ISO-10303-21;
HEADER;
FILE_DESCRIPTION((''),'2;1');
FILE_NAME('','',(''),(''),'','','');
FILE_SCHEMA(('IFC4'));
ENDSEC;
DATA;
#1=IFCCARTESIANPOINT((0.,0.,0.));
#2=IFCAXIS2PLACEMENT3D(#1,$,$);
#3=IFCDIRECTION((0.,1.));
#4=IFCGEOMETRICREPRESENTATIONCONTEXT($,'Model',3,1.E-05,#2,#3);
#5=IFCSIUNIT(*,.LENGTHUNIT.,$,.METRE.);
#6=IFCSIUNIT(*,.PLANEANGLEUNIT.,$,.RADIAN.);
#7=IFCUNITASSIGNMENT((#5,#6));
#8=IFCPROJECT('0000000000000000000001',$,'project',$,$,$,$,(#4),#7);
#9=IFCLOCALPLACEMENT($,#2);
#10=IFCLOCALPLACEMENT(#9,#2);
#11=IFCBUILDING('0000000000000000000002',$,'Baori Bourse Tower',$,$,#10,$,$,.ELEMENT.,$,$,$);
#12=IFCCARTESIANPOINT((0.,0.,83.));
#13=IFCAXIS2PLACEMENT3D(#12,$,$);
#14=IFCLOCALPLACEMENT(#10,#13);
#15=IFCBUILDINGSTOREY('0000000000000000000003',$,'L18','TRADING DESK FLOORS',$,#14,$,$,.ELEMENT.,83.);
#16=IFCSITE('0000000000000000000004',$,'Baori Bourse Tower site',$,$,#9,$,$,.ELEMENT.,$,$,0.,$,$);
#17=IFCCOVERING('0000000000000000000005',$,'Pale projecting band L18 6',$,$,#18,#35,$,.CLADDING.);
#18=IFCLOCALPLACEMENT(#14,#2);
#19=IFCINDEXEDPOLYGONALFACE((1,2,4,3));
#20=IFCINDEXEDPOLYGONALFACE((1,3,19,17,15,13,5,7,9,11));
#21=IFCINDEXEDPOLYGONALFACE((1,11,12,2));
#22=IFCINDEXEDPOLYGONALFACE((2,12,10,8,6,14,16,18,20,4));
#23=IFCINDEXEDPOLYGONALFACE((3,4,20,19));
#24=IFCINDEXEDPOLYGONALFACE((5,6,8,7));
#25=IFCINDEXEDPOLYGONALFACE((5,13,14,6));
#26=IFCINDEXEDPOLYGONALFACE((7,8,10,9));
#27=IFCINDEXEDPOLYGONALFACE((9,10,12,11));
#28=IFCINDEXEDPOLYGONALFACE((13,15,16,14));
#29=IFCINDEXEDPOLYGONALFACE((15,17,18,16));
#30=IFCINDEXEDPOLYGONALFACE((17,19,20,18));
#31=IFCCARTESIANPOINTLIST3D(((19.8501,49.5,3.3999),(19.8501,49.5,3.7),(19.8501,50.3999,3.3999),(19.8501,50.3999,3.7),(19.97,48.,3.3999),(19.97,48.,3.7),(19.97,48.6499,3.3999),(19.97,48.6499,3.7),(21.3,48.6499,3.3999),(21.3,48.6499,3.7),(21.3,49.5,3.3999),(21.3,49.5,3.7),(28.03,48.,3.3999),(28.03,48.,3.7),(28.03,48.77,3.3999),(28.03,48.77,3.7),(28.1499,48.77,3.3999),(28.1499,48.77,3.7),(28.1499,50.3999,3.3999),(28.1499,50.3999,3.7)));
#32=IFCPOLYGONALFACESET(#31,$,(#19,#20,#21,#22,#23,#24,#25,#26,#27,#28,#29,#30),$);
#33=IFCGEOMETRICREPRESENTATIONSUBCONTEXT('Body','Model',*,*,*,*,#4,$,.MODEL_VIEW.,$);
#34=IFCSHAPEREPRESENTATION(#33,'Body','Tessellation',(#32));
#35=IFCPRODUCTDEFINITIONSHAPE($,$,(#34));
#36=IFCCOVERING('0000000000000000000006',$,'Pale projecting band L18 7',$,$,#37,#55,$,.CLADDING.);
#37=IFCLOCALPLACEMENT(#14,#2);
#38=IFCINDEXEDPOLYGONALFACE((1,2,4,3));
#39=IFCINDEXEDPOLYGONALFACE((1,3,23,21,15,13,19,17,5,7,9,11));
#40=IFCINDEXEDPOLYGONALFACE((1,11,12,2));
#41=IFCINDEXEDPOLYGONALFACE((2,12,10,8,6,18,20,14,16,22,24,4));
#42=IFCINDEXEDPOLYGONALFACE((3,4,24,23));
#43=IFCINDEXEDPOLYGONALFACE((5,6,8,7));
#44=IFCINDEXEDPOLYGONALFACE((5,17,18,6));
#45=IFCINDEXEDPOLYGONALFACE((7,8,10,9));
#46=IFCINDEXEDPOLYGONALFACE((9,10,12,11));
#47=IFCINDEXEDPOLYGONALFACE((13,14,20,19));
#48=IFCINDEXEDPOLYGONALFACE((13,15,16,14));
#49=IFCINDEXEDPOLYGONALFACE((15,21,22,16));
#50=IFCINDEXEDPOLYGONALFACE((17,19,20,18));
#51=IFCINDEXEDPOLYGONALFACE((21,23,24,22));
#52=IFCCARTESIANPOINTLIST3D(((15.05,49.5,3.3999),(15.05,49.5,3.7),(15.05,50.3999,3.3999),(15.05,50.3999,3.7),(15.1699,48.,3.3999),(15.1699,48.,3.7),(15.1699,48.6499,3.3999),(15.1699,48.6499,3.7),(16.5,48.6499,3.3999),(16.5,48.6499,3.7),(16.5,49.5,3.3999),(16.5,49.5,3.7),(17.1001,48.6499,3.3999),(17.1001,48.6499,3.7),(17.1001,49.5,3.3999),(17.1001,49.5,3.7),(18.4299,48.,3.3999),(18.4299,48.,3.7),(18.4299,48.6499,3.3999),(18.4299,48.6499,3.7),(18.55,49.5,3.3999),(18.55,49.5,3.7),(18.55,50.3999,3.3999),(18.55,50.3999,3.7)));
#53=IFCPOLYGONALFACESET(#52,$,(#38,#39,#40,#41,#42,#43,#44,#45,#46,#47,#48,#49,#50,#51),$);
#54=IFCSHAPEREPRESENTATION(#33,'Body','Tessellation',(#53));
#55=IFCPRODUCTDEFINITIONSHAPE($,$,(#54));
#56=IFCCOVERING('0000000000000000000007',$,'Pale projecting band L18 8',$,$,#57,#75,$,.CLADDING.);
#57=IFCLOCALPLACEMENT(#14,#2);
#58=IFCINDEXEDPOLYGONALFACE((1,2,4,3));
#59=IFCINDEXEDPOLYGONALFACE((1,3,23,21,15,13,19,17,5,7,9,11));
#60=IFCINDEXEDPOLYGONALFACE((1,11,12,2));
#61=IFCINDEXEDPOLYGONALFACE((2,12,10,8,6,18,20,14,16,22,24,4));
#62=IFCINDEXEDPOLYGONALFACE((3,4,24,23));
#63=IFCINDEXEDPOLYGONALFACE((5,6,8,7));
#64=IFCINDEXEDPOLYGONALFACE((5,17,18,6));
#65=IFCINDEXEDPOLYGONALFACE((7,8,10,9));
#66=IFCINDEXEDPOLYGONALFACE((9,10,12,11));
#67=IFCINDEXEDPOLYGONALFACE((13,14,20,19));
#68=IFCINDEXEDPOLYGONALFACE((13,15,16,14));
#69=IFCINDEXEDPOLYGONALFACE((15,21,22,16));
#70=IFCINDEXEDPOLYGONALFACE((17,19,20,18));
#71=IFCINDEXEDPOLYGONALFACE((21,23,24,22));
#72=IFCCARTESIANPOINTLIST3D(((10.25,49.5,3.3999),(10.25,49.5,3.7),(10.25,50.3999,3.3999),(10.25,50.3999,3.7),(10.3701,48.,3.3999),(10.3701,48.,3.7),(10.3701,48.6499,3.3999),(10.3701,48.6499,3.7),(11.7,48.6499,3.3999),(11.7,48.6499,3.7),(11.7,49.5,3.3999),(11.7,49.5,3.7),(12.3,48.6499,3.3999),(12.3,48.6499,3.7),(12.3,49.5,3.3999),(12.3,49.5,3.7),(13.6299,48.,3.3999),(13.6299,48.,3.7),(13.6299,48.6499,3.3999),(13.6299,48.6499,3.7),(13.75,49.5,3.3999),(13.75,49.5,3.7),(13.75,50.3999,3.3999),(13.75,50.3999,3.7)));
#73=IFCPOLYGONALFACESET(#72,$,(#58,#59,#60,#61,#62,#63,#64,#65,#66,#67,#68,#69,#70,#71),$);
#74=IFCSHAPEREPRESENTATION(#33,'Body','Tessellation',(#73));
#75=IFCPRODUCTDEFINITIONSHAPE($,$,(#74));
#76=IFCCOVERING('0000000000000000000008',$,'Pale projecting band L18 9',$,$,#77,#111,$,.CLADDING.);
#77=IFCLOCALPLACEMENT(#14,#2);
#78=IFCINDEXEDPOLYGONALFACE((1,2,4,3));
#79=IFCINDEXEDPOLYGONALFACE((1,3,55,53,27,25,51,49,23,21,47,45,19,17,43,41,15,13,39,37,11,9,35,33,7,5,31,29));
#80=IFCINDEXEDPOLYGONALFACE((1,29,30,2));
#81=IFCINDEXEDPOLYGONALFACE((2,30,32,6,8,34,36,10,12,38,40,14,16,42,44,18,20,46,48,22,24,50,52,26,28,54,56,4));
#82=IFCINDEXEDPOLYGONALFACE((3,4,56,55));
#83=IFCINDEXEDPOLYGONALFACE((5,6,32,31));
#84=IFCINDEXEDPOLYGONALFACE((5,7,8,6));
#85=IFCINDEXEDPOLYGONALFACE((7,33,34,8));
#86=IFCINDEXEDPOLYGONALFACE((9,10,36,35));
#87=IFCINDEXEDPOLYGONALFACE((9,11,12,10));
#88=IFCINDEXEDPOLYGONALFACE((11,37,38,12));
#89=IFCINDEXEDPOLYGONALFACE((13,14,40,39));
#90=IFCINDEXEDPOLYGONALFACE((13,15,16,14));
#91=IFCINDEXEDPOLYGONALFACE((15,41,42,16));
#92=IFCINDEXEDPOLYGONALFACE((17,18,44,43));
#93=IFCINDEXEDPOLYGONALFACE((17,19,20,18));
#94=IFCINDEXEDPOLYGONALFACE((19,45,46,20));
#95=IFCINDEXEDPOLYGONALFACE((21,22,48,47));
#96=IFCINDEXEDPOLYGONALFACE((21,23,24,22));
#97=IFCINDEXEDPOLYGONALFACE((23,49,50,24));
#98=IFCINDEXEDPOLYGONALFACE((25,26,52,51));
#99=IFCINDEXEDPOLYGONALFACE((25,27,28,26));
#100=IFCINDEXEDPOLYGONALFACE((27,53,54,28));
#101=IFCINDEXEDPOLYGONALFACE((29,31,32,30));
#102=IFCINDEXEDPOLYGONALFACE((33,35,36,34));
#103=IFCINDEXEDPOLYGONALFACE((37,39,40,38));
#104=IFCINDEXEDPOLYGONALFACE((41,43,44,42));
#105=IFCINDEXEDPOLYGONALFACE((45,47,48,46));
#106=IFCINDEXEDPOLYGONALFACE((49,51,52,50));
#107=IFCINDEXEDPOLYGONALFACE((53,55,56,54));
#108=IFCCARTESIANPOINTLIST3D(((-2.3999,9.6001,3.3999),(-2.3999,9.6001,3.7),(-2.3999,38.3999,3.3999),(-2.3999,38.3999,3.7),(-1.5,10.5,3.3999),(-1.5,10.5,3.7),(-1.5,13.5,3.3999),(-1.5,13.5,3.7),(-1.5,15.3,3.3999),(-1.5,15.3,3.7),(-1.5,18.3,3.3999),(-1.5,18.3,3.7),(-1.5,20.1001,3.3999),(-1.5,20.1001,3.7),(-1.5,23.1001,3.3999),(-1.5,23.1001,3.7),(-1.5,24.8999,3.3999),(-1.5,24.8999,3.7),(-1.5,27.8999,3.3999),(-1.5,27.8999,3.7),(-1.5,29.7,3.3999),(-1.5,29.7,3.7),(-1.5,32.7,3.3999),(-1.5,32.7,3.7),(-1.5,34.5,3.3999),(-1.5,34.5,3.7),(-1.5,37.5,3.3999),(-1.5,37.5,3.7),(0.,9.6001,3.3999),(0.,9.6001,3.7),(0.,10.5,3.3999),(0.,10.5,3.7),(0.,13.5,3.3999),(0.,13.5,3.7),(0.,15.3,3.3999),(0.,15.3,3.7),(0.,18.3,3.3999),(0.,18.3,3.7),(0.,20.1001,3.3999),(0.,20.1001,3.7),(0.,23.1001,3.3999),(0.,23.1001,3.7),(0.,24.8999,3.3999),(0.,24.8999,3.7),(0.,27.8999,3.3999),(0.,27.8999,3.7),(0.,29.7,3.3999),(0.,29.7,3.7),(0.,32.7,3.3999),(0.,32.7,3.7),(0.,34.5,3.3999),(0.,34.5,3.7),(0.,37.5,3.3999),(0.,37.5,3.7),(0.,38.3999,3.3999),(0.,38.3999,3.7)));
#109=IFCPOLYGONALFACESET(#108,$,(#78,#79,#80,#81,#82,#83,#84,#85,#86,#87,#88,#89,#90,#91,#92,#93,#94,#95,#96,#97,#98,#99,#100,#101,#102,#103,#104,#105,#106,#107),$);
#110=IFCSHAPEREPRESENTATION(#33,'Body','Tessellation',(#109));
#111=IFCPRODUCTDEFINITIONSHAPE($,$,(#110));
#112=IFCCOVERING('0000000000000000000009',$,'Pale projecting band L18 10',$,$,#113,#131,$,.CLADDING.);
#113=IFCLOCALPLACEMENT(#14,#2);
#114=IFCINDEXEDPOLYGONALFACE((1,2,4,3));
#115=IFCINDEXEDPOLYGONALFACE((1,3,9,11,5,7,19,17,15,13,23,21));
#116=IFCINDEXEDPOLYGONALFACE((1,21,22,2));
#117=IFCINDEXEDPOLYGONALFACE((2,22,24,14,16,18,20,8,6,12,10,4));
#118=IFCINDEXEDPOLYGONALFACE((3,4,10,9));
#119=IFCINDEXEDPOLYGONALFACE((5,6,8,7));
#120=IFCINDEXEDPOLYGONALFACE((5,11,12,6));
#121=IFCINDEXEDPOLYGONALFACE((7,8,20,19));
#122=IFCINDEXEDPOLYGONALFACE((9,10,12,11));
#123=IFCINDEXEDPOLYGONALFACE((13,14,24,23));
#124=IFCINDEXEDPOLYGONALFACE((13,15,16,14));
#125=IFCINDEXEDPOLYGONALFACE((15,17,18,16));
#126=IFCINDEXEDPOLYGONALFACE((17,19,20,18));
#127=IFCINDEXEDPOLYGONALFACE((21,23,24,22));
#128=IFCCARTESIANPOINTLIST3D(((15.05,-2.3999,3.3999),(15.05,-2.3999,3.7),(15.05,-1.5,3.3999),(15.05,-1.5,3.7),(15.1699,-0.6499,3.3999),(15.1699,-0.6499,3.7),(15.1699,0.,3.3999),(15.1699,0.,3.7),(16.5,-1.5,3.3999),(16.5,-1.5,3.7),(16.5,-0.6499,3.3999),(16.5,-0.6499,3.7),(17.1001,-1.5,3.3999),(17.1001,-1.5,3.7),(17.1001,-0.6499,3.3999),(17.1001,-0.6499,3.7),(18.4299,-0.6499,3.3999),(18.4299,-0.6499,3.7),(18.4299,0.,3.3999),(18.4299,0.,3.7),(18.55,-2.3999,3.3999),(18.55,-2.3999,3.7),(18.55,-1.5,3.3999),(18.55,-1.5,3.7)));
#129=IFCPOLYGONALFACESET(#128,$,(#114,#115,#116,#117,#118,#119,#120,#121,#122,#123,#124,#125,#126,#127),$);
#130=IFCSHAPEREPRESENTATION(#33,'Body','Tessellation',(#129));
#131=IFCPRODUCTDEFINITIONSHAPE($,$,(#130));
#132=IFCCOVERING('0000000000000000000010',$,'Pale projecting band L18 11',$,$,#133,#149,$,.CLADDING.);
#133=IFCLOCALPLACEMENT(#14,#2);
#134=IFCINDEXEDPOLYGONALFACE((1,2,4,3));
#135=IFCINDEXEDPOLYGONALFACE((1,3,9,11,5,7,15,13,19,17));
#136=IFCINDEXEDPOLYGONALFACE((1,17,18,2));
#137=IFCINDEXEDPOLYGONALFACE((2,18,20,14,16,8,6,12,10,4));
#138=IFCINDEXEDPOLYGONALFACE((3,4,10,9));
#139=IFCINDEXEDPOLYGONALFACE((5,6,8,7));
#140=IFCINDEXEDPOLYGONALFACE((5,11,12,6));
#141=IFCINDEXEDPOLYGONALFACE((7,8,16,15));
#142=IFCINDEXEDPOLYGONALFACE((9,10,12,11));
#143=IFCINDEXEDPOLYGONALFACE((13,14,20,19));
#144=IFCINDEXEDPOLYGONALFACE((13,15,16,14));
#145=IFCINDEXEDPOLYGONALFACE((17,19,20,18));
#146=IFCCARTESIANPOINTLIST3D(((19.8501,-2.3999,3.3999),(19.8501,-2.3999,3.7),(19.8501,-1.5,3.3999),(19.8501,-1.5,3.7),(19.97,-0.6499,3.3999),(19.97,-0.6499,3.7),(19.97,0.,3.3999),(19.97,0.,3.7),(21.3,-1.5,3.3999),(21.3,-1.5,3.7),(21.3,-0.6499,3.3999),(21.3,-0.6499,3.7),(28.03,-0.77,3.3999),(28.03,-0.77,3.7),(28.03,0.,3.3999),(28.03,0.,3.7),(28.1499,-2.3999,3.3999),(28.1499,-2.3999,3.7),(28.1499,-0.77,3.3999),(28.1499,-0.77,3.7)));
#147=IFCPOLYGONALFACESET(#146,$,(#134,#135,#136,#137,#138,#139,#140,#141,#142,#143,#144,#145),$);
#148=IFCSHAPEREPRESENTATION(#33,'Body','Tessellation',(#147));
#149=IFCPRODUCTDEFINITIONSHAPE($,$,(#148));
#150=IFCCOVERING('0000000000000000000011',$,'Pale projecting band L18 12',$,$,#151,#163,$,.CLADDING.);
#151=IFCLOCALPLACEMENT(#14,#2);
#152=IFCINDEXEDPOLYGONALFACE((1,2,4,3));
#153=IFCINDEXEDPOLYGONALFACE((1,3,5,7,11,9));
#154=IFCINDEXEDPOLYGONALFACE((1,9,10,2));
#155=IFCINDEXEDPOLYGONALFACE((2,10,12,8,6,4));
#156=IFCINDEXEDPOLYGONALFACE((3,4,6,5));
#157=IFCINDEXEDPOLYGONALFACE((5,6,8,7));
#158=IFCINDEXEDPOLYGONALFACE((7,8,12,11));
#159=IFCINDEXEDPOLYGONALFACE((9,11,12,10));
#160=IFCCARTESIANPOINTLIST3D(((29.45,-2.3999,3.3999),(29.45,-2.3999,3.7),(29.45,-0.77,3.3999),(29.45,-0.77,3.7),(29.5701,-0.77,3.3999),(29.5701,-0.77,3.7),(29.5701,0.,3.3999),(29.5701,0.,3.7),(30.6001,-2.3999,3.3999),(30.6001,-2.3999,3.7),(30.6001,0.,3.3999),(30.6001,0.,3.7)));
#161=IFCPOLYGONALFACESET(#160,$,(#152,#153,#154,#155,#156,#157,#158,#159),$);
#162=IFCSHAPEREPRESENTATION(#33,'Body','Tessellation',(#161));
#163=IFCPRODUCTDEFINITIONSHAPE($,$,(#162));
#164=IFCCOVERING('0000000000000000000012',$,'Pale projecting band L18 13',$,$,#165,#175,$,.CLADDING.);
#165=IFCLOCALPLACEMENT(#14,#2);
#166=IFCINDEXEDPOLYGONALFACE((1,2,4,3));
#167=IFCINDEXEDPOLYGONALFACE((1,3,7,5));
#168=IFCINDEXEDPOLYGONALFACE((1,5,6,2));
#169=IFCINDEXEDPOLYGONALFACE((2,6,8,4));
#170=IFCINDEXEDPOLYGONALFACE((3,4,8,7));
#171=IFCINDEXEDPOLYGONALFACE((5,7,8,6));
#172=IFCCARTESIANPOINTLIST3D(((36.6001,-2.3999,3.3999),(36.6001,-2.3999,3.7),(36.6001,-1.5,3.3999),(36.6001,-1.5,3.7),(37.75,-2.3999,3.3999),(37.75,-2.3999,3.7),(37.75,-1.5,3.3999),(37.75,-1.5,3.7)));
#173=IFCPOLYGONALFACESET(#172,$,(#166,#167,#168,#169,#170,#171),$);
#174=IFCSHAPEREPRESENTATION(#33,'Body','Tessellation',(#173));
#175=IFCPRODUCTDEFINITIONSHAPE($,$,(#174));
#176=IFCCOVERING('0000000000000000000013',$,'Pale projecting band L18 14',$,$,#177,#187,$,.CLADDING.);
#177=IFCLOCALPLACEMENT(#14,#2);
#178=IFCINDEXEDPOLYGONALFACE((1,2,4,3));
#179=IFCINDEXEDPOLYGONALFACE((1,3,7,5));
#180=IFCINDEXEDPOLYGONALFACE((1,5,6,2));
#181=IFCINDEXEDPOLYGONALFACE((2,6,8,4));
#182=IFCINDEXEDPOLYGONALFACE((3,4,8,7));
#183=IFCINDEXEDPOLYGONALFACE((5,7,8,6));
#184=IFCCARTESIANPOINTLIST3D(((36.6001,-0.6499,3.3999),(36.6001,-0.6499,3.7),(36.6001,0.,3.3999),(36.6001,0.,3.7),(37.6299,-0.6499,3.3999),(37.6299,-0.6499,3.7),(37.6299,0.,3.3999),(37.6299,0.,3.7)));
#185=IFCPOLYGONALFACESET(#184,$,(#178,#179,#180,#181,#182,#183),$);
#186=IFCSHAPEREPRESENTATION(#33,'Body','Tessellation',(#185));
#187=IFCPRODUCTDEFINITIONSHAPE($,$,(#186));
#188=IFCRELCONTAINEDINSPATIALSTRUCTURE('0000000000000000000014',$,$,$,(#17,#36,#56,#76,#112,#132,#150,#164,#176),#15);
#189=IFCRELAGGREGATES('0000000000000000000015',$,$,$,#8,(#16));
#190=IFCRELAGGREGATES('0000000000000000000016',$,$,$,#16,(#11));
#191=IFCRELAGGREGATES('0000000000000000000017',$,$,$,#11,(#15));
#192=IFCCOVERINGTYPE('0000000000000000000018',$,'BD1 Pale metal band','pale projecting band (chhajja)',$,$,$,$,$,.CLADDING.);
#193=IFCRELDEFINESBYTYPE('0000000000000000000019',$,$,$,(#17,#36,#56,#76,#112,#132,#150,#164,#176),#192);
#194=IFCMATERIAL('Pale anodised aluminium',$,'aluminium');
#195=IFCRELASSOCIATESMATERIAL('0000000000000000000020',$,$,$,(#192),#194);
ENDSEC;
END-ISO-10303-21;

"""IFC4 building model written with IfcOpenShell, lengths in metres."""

from ifc_helpers import new_model, si_unit, direction, frame, origin, place, context, subcontext, project, spatial, polyline, outline, extrude, material, type_object, element, save


model = new_model("IFC4")

# Units and contexts
model_context = context("Model", 3, precision=1e-05, world=origin(), true_north=direction((0.0, 1.0)))
body_context = subcontext(model_context, "Body", "Model", "MODEL_VIEW")
ifc_project = project(units=[si_unit("LENGTHUNIT", "METRE"), si_unit("PLANEANGLEUNIT", "RADIAN")], contexts=[model_context])

# Site, building, storey
site_placement = place(None, origin())
site = spatial("IfcSite", under=ifc_project, at=site_placement, Name="Baori Bourse Tower site", CompositionType="ELEMENT", RefElevation=0.0)
building_placement = place(site_placement, origin())
building = spatial("IfcBuilding", under=site, at=building_placement, Name="Baori Bourse Tower", CompositionType="ELEMENT")
storey_placement = place(building_placement, frame((0.0, 0.0, 83.0)))
storey = spatial("IfcBuildingStorey", under=building, at=storey_placement, Name="L18", Description="TRADING DESK FLOORS", CompositionType="ELEMENT", Elevation=83.0)

# Coverings
ifc_material_1 = material(Name="Pale anodised aluminium", Category="aluminium")
covering_type_1 = type_object("IfcCoveringType", Name="BD1 Pale metal band", Description="pale projecting band (chhajja)", PredefinedType="CLADDING", material=ifc_material_1)
covering_1_placement = place(storey_placement, frame((0.0, 0.0, 3.3999)))
element("IfcCovering", 1, at=covering_1_placement, inside=storey, type_object=covering_type_1, Name="Pale projecting band L18 6", PredefinedType="CLADDING", context=body_context, shape_type="SweptSolid", body=[
    extrude(outline(polyline([(19.97, 48.0), (28.03, 48.0), (28.03, 48.77), (28.1499, 48.77), (28.1499, 50.3999), (19.8501, 50.3999), (19.8501, 49.5), (21.3, 49.5), (21.3, 48.6499), (19.97, 48.6499), (19.97, 48.0)])), origin(), (0.0, 0.0, 1.0), 0.3),
])
covering_2_placement = place(storey_placement, frame((0.0, 0.0, 3.3999)))
element("IfcCovering", 2, at=covering_2_placement, inside=storey, type_object=covering_type_1, Name="Pale projecting band L18 7", PredefinedType="CLADDING", context=body_context, shape_type="SweptSolid", body=[
    extrude(outline(polyline([(15.1699, 48.0), (18.4299, 48.0), (18.4299, 48.6499), (17.1001, 48.6499), (17.1001, 49.5), (18.55, 49.5), (18.55, 50.3999), (15.05, 50.3999), (15.05, 49.5), (16.5, 49.5), (16.5, 48.6499), (15.1699, 48.6499), (15.1699, 48.0)])), origin(), (0.0, 0.0, 1.0), 0.3),
])
covering_3_placement = place(storey_placement, frame((0.0, 0.0, 3.3999)))
element("IfcCovering", 3, at=covering_3_placement, inside=storey, type_object=covering_type_1, Name="Pale projecting band L18 8", PredefinedType="CLADDING", context=body_context, shape_type="SweptSolid", body=[
    extrude(outline(polyline([(10.3701, 48.0), (13.6299, 48.0), (13.6299, 48.6499), (12.3, 48.6499), (12.3, 49.5), (13.75, 49.5), (13.75, 50.3999), (10.25, 50.3999), (10.25, 49.5), (11.7, 49.5), (11.7, 48.6499), (10.3701, 48.6499), (10.3701, 48.0)])), origin(), (0.0, 0.0, 1.0), 0.3),
])
covering_4_placement = place(storey_placement, frame((0.0, 0.0, 3.3999)))
element("IfcCovering", 4, at=covering_4_placement, inside=storey, type_object=covering_type_1, Name="Pale projecting band L18 9", PredefinedType="CLADDING", context=body_context, shape_type="SweptSolid", body=[
    extrude(outline(polyline([(0.0, 37.5), (0.0, 38.3999), (-2.3999, 38.3999), (-2.3999, 9.6001), (0.0, 9.6001), (0.0, 10.5), (-1.5, 10.5), (-1.5, 13.5), (0.0, 13.5), (0.0, 15.3), (-1.5, 15.3), (-1.5, 18.3), (0.0, 18.3), (0.0, 20.1001), (-1.5, 20.1001), (-1.5, 23.1001), (0.0, 23.1001), (0.0, 24.8999), (-1.5, 24.8999), (-1.5, 27.8999), (0.0, 27.8999), (0.0, 29.7), (-1.5, 29.7), (-1.5, 32.7), (0.0, 32.7), (0.0, 34.5), (-1.5, 34.5), (-1.5, 37.5), (0.0, 37.5)])), origin(), (0.0, 0.0, 1.0), 0.3),
])
covering_5_placement = place(storey_placement, frame((0.0, 0.0, 3.3999)))
element("IfcCovering", 5, at=covering_5_placement, inside=storey, type_object=covering_type_1, Name="Pale projecting band L18 10", PredefinedType="CLADDING", context=body_context, shape_type="SweptSolid", body=[
    extrude(outline(polyline([(18.4299, 0.0), (15.1699, 0.0), (15.1699, -0.6499), (16.5, -0.6499), (16.5, -1.5), (15.05, -1.5), (15.05, -2.3999), (18.55, -2.3999), (18.55, -1.5), (17.1001, -1.5), (17.1001, -0.6499), (18.4299, -0.6499), (18.4299, 0.0)])), origin(), (0.0, 0.0, 1.0), 0.3),
])
covering_6_placement = place(storey_placement, frame((0.0, 0.0, 3.3999)))
element("IfcCovering", 6, at=covering_6_placement, inside=storey, type_object=covering_type_1, Name="Pale projecting band L18 11", PredefinedType="CLADDING", context=body_context, shape_type="SweptSolid", body=[
    extrude(outline(polyline([(28.03, 0.0), (19.97, 0.0), (19.97, -0.6499), (21.3, -0.6499), (21.3, -1.5), (19.8501, -1.5), (19.8501, -2.3999), (28.1499, -2.3999), (28.1499, -0.77), (28.03, -0.77), (28.03, 0.0)])), origin(), (0.0, 0.0, 1.0), 0.3),
])
covering_7_placement = place(storey_placement, frame((0.0, 0.0, 3.3999)))
element("IfcCovering", 7, at=covering_7_placement, inside=storey, type_object=covering_type_1, Name="Pale projecting band L18 12", PredefinedType="CLADDING", context=body_context, shape_type="SweptSolid", body=[
    extrude(outline(polyline([(30.6001, 0.0), (29.5701, 0.0), (29.5701, -0.77), (29.45, -0.77), (29.45, -2.3999), (30.6001, -2.3999), (30.6001, 0.0)])), origin(), (0.0, 0.0, 1.0), 0.3),
])
covering_8_placement = place(storey_placement, frame((0.0, 0.0, 3.3999)))
element("IfcCovering", 8, at=covering_8_placement, inside=storey, type_object=covering_type_1, Name="Pale projecting band L18 13", PredefinedType="CLADDING", context=body_context, shape_type="SweptSolid", body=[
    extrude(outline(polyline([(37.75, -2.3999), (37.75, -1.5), (36.6001, -1.5), (36.6001, -2.3999), (37.75, -2.3999)])), origin(), (0.0, 0.0, 1.0), 0.3),
])
covering_9_placement = place(storey_placement, frame((0.0, 0.0, 3.3999)))
element("IfcCovering", 9, at=covering_9_placement, inside=storey, type_object=covering_type_1, Name="Pale projecting band L18 14", PredefinedType="CLADDING", context=body_context, shape_type="SweptSolid", body=[
    extrude(outline(polyline([(37.6299, 0.0), (36.6001, 0.0), (36.6001, -0.6499), (37.6299, -0.6499), (37.6299, 0.0)])), origin(), (0.0, 0.0, 1.0), 0.3),
])

save(model, "model.ifc")
